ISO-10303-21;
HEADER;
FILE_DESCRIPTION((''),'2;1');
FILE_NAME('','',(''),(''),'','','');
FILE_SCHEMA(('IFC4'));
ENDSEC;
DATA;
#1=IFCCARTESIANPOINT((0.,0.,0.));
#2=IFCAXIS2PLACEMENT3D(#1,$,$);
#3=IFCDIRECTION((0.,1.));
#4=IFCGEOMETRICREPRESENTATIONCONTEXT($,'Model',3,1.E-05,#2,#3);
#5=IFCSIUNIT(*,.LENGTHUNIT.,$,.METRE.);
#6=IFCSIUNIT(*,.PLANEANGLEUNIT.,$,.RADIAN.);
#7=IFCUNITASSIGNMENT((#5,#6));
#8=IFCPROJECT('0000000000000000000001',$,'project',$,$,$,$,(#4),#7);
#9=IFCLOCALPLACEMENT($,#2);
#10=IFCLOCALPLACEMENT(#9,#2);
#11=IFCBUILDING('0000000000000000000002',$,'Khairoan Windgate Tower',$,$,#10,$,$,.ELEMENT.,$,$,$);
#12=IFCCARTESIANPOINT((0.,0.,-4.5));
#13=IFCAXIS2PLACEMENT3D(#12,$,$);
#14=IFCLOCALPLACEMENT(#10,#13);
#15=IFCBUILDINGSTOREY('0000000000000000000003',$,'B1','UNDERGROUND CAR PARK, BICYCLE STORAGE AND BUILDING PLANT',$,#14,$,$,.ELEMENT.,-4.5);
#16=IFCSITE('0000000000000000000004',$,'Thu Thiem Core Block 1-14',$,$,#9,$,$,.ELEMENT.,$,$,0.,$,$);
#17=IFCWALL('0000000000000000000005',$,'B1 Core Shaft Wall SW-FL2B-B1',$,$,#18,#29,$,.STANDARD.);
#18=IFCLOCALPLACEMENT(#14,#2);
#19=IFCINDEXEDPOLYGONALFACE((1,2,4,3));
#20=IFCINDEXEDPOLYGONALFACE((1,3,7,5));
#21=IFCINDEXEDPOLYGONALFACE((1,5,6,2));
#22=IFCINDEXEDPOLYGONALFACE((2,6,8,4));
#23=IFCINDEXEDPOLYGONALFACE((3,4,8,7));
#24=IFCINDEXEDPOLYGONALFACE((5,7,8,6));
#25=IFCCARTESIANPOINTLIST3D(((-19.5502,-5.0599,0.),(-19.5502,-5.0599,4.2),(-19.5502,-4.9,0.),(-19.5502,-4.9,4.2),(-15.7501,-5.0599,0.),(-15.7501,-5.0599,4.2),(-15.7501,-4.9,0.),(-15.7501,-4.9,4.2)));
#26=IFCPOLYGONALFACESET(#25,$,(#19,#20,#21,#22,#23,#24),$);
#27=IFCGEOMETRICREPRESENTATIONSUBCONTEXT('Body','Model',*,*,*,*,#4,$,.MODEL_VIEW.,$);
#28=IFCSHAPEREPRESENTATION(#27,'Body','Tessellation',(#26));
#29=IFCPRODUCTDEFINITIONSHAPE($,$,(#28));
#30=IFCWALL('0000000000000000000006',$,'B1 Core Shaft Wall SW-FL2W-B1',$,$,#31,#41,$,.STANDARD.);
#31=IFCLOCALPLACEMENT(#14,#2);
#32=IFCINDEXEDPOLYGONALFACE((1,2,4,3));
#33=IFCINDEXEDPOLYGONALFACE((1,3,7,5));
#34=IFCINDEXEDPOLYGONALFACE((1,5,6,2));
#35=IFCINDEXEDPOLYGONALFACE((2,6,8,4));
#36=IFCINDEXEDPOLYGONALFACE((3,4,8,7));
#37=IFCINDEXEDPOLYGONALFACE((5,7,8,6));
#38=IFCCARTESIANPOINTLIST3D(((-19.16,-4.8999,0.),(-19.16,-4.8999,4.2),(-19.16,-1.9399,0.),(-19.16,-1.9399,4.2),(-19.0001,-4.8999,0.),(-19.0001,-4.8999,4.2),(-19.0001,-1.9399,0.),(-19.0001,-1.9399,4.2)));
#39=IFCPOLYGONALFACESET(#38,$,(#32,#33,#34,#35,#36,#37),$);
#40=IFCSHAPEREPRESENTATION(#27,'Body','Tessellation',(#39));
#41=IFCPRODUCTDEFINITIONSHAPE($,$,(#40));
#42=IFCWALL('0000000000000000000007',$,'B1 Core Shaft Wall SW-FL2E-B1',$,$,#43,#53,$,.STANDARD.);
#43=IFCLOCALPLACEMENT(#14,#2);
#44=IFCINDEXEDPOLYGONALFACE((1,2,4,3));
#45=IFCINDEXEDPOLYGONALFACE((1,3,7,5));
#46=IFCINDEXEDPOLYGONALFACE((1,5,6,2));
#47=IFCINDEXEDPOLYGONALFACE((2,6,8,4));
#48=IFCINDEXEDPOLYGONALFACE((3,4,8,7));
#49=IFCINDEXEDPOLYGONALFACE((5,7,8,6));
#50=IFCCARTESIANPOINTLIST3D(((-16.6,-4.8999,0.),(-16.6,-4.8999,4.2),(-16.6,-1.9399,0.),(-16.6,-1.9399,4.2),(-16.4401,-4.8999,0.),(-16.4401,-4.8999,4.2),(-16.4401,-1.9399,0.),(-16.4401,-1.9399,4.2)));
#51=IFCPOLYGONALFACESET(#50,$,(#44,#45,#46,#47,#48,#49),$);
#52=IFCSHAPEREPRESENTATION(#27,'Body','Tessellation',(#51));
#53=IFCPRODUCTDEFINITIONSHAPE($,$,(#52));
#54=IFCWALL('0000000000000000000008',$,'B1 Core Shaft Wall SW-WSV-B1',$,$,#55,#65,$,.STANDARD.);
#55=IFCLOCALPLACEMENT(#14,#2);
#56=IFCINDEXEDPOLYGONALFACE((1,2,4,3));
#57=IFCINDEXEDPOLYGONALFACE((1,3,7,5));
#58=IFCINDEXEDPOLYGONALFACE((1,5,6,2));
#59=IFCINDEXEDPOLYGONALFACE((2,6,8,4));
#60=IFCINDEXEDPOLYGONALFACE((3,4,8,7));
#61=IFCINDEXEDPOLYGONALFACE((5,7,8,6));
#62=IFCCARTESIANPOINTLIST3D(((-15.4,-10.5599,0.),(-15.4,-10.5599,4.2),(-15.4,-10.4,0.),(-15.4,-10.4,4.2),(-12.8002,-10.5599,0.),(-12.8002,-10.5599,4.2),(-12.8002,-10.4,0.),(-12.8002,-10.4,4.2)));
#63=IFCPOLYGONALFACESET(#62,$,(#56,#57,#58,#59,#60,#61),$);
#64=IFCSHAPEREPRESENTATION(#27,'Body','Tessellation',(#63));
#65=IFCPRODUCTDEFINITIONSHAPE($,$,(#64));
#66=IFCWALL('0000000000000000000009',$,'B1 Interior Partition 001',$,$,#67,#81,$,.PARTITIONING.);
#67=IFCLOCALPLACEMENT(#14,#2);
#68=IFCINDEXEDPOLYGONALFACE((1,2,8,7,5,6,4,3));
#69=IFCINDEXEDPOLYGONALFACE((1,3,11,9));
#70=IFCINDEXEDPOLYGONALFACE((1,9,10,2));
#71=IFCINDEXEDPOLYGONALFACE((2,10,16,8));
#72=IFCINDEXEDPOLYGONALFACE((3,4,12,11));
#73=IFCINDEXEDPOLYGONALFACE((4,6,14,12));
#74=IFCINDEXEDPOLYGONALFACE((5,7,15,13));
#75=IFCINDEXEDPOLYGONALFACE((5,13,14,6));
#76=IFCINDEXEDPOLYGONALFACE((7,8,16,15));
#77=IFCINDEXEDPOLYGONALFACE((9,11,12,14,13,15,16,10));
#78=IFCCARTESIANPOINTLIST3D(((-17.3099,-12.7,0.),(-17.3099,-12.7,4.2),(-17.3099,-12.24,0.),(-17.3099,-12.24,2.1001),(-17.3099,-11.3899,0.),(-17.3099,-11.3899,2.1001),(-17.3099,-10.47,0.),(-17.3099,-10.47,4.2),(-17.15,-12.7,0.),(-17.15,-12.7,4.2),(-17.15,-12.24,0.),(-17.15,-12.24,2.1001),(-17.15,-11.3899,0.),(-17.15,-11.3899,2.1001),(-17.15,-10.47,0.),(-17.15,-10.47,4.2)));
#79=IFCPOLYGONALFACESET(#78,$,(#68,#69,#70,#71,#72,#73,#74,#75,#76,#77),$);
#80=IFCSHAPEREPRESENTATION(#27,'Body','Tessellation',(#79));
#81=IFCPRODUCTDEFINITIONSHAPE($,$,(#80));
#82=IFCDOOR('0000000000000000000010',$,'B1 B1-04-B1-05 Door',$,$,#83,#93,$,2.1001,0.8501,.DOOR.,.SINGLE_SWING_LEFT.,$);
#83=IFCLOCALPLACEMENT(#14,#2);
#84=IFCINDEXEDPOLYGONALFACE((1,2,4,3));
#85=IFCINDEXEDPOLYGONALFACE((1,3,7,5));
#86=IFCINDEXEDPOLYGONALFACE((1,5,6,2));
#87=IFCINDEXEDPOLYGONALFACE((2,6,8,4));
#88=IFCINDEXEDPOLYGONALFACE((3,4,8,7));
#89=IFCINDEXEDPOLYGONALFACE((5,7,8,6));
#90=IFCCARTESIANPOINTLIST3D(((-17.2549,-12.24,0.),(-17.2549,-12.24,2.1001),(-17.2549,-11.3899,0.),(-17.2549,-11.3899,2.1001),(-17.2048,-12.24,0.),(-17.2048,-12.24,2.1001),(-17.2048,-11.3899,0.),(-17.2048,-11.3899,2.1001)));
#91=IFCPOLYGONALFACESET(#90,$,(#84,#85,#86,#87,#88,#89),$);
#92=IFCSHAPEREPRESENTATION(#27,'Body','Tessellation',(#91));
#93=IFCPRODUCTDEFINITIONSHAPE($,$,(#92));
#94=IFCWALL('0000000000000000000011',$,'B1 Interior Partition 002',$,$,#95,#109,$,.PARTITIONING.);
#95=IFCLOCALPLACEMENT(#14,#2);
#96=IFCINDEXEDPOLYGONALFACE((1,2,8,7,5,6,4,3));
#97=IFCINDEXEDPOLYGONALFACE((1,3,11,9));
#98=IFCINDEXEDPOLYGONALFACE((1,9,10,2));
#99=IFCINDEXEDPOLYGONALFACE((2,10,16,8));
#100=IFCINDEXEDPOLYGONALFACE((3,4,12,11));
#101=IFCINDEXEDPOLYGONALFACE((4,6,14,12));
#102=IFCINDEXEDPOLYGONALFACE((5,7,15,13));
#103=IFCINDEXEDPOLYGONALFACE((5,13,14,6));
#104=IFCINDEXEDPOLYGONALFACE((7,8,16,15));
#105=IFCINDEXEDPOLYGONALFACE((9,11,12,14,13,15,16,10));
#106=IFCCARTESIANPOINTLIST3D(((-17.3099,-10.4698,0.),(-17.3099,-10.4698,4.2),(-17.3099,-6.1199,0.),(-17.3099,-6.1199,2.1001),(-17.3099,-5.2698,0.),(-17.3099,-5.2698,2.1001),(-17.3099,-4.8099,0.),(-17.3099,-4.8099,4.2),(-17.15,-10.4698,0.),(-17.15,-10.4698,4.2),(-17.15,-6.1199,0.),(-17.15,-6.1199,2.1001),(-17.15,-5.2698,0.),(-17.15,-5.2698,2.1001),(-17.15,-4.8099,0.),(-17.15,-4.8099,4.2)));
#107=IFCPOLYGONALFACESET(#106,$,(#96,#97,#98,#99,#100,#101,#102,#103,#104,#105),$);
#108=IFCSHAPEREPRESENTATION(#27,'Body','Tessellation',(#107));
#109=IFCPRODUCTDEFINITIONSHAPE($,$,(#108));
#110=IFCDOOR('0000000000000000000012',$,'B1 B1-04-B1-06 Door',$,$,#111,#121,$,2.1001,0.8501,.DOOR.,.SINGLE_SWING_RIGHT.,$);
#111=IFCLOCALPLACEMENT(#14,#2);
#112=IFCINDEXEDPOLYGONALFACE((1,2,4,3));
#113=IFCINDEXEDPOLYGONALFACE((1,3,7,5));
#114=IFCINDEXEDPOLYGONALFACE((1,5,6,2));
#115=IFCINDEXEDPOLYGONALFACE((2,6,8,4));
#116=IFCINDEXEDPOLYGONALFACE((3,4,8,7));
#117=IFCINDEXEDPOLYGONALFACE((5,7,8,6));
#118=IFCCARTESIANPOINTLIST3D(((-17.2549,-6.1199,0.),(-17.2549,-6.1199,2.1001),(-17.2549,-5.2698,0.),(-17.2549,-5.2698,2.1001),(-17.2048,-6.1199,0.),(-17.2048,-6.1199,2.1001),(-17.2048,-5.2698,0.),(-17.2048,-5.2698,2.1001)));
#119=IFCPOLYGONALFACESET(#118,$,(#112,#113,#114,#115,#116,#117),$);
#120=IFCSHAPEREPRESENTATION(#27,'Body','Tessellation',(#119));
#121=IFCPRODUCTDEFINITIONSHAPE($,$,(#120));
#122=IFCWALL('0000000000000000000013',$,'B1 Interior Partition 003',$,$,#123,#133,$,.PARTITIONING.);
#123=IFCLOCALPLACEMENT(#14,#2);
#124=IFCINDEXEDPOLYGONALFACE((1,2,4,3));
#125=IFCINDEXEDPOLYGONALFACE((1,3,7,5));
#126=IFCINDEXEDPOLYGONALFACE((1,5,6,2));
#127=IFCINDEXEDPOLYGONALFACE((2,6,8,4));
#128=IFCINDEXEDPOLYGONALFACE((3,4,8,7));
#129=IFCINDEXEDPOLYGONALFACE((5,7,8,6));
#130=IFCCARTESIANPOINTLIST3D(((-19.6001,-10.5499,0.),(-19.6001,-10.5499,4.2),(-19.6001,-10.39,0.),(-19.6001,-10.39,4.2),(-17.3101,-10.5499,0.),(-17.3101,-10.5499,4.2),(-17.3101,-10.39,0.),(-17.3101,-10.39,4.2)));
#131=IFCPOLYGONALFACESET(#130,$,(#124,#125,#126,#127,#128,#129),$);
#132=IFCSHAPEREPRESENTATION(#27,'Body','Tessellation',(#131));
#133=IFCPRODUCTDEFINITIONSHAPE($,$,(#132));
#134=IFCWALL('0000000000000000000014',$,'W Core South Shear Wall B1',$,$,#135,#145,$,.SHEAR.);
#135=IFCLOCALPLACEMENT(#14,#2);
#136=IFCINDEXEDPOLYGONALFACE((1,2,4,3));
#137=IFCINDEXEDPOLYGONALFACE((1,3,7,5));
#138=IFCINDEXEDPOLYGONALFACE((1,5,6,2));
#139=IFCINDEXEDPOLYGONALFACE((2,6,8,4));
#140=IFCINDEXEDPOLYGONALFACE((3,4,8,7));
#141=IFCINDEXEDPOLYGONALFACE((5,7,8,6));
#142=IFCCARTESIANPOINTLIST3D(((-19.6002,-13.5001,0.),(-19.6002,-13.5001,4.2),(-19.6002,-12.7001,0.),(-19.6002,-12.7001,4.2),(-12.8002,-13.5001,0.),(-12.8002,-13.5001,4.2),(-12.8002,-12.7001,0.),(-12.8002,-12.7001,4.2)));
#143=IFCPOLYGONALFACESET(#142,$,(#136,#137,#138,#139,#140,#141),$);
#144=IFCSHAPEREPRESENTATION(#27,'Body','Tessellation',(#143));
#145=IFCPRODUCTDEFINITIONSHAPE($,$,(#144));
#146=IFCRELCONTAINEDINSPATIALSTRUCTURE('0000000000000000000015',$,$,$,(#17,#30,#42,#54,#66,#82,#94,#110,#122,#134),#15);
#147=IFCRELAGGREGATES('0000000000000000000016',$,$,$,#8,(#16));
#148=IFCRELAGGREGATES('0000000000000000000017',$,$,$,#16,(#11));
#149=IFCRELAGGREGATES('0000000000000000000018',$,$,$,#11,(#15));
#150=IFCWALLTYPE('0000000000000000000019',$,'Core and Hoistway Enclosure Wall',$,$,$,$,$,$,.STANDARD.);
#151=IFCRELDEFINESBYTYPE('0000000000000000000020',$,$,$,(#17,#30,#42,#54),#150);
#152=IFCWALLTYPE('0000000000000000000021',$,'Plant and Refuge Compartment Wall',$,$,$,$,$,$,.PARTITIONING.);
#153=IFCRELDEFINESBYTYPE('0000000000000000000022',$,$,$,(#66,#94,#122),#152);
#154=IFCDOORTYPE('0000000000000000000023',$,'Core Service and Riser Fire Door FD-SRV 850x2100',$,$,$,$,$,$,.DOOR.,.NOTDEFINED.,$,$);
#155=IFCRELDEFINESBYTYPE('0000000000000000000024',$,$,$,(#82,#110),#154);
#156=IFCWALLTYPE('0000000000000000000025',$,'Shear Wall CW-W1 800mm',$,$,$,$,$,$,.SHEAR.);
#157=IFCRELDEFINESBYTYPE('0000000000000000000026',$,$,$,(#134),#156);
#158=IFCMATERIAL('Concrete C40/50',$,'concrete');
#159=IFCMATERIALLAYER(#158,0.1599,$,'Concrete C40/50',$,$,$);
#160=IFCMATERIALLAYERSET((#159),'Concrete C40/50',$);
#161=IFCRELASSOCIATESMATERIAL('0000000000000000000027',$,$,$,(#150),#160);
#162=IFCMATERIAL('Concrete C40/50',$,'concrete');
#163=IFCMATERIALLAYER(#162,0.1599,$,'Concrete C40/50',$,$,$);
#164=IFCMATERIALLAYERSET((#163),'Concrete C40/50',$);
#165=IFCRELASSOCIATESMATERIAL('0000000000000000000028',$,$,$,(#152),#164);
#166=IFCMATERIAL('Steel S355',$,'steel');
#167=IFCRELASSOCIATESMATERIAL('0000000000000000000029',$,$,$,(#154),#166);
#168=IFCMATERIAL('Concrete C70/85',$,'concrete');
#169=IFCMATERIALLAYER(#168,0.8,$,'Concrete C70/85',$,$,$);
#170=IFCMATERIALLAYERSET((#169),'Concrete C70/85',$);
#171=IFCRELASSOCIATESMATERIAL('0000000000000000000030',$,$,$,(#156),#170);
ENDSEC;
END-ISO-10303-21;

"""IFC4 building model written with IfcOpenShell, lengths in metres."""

from ifc_helpers import new_model, si_unit, direction, frame, frame_2d, origin, place, context, subcontext, project, spatial, rectangle, extrude, material, layer, layer_set, type_object, element, fill, save


model = new_model("IFC4")

# Units and contexts
model_context = context("Model", 3, precision=1e-05, world=origin(), true_north=direction((0.0, 1.0)))
body_context = subcontext(model_context, "Body", "Model", "MODEL_VIEW")
ifc_project = project(units=[si_unit("LENGTHUNIT", "METRE"), si_unit("PLANEANGLEUNIT", "RADIAN")], contexts=[model_context])

# Site, building, storey
site_placement = place(None, origin())
site = spatial("IfcSite", under=ifc_project, at=site_placement, Name="Thu Thiem Core Block 1-14", CompositionType="ELEMENT", RefElevation=0.0)
building_placement = place(site_placement, origin())
building = spatial("IfcBuilding", under=site, at=building_placement, Name="Khairoan Windgate Tower", CompositionType="ELEMENT")
storey_placement = place(building_placement, frame((0.0, 0.0, -4.5)))
storey = spatial("IfcBuildingStorey", under=building, at=storey_placement, Name="B1", Description="UNDERGROUND CAR PARK, BICYCLE STORAGE AND BUILDING PLANT", CompositionType="ELEMENT", Elevation=-4.5)

# Walls
ifc_material_1 = material(Name="Concrete C40/50", Category="concrete")
ifc_layer_1 = layer(ifc_material_1, 0.1599, Name="Concrete C40/50")
ifc_layer_set_1 = layer_set([ifc_layer_1], Name="Concrete C40/50")
wall_type_1 = type_object("IfcWallType", Name="Core and Hoistway Enclosure Wall", PredefinedType="STANDARD", material=ifc_layer_set_1)
wall_1_placement = place(storey_placement, frame((-19.55, -4.98, 0.0), z_axis=(0.0, 0.0, 1.0), x_axis=(1.0, 0.0, 0.0)))
element("IfcWall", 1, at=wall_1_placement, inside=storey, type_object=wall_type_1, Name="B1 Core Shaft Wall SW-FL2B-B1", PredefinedType="STANDARD", context=body_context, shape_type="SweptSolid", body=[
    extrude(rectangle(XDim=3.8, YDim=0.1599, at=frame_2d((1.8999, 0.0))), origin(), (0.0, 0.0, 1.0), 4.2),
])
for number, where, z_axis, x_axis, name in (
    (2, (-19.0801, -4.8999, 0.0), (0.0, 0.0, 1.0), (0.0, 1.0, 0.0), "B1 Core Shaft Wall SW-FL2W-B1"),
    (3, (-16.52, -4.8999, 0.0), (0.0, 0.0, 1.0), (0.0, 1.0, 0.0), "B1 Core Shaft Wall SW-FL2E-B1"),
):
    element("IfcWall", number, at=place(storey_placement, frame(where, z_axis=z_axis, x_axis=x_axis)), inside=storey, type_object=wall_type_1, Name=name, PredefinedType="STANDARD", context=body_context, shape_type="SweptSolid", body=[
        extrude(rectangle(XDim=2.96, YDim=0.1599, at=frame_2d((1.48, 0.0))), origin(), (0.0, 0.0, 1.0), 4.2),
    ])
wall_2_placement = place(storey_placement, frame((-15.3999, -10.48, 0.0), z_axis=(0.0, 0.0, 1.0), x_axis=(1.0, 0.0, 0.0)))
element("IfcWall", 4, at=wall_2_placement, inside=storey, type_object=wall_type_1, Name="B1 Core Shaft Wall SW-WSV-B1", PredefinedType="STANDARD", context=body_context, shape_type="SweptSolid", body=[
    extrude(rectangle(XDim=2.5999, YDim=0.1599, at=frame_2d((1.2998, 0.0))), origin(), (0.0, 0.0, 1.0), 4.2),
])

# Walls, openings, doors
ifc_material_2 = material(Name="Concrete C40/50", Category="concrete")
ifc_layer_2 = layer(ifc_material_2, 0.1599, Name="Concrete C40/50")
ifc_layer_set_2 = layer_set([ifc_layer_2], Name="Concrete C40/50")
wall_type_2 = type_object("IfcWallType", Name="Plant and Refuge Compartment Wall", PredefinedType="PARTITIONING", material=ifc_layer_set_2)
wall_3_placement = place(storey_placement, frame((-17.23, -12.7, 0.0), z_axis=(0.0, 0.0, 1.0), x_axis=(0.0, 1.0, 0.0)))
wall_3 = element("IfcWall", 5, at=wall_3_placement, inside=storey, type_object=wall_type_2, Name="B1 Interior Partition 001", PredefinedType="PARTITIONING", context=body_context, shape_type="SweptSolid", body=[
    extrude(rectangle(XDim=2.23, YDim=0.1599, at=frame_2d((1.115, 0.0))), origin(), (0.0, 0.0, 1.0), 4.2),
])
opening_1_placement = place(wall_3_placement, frame((0.46, 0.0, 0.0)))
opening_1 = element("IfcOpeningElement", 6, at=opening_1_placement, cuts=wall_3, PredefinedType="OPENING", context=body_context, shape_type="SweptSolid", body=[
    extrude(rectangle(XDim=0.8501, YDim=2.1001, at=frame_2d((0.425, 1.05))), frame((0.0, 0.0898, 0.0), z_axis=(0.0, -1.0, 0.0), x_axis=(1.0, 0.0, 0.0)), (0.0, 0.0, 1.0), 0.1799),
])
ifc_material_3 = material(Name="Steel S355", Category="steel")
door_type_1 = type_object("IfcDoorType", Name="Core Service and Riser Fire Door FD-SRV 850x2100", OperationType="NOTDEFINED", PredefinedType="DOOR", material=ifc_material_3)
door_1_placement = place(opening_1_placement, origin())
door_1 = element("IfcDoor", 7, at=door_1_placement, inside=storey, type_object=door_type_1, Name="B1 B1-04-B1-05 Door", OperationType="SINGLE_SWING_LEFT", OverallHeight=2.1001, OverallWidth=0.8501, PredefinedType="DOOR", context=body_context, shape_type="SweptSolid", body=[
    extrude(rectangle(XDim=0.8501, YDim=2.1001, at=frame_2d((0.425, 1.05))), frame((0.0, 0.0249, 0.0), z_axis=(0.0, -1.0, 0.0), x_axis=(1.0, 0.0, 0.0)), (0.0, 0.0, 1.0), 0.05),
])
fill(opening_1, door_1)
wall_4_placement = place(storey_placement, frame((-17.23, -10.47, 0.0), z_axis=(0.0, 0.0, 1.0), x_axis=(0.0, 1.0, 0.0)))
wall_4 = element("IfcWall", 8, at=wall_4_placement, inside=storey, type_object=wall_type_2, Name="B1 Interior Partition 002", PredefinedType="PARTITIONING", context=body_context, shape_type="SweptSolid", body=[
    extrude(rectangle(XDim=5.6599, YDim=0.1599, at=frame_2d((2.8301, 0.0))), origin(), (0.0, 0.0, 1.0), 4.2),
])
opening_2_placement = place(wall_4_placement, frame((4.3501, 0.0, 0.0)))
opening_2 = element("IfcOpeningElement", 9, at=opening_2_placement, cuts=wall_4, PredefinedType="OPENING", context=body_context, shape_type="SweptSolid", body=[
    extrude(rectangle(XDim=0.8501, YDim=2.1001, at=frame_2d((0.425, 1.05))), frame((0.0, 0.0898, 0.0), z_axis=(0.0, -1.0, 0.0), x_axis=(1.0, 0.0, 0.0)), (0.0, 0.0, 1.0), 0.1799),
])
door_2_placement = place(opening_2_placement, origin())
door_2 = element("IfcDoor", 10, at=door_2_placement, inside=storey, type_object=door_type_1, Name="B1 B1-04-B1-06 Door", OperationType="SINGLE_SWING_RIGHT", OverallHeight=2.1001, OverallWidth=0.8501, PredefinedType="DOOR", context=body_context, shape_type="SweptSolid", body=[
    extrude(rectangle(XDim=0.8501, YDim=2.1001, at=frame_2d((0.425, 1.05))), frame((0.0, 0.0249, 0.0), z_axis=(0.0, -1.0, 0.0), x_axis=(1.0, 0.0, 0.0)), (0.0, 0.0, 1.0), 0.05),
])
fill(opening_2, door_2)

# Walls
wall_5_placement = place(storey_placement, frame((-19.6001, -10.47, 0.0), z_axis=(0.0, 0.0, 1.0), x_axis=(1.0, 0.0, 0.0)))
element("IfcWall", 11, at=wall_5_placement, inside=storey, type_object=wall_type_2, Name="B1 Interior Partition 003", PredefinedType="PARTITIONING", context=body_context, shape_type="SweptSolid", body=[
    extrude(rectangle(XDim=2.29, YDim=0.1599, at=frame_2d((1.145, 0.0))), origin(), (0.0, 0.0, 1.0), 4.2),
])
ifc_material_4 = material(Name="Concrete C70/85", Category="concrete")
ifc_layer_3 = layer(ifc_material_4, 0.8, Name="Concrete C70/85")
ifc_layer_set_3 = layer_set([ifc_layer_3], Name="Concrete C70/85")
wall_type_3 = type_object("IfcWallType", Name="Shear Wall CW-W1 800mm", PredefinedType="SHEAR", material=ifc_layer_set_3)
wall_6_placement = place(storey_placement, frame((-19.6001, -13.1001, 0.0), z_axis=(0.0, 0.0, 1.0), x_axis=(1.0, 0.0, 0.0)))
element("IfcWall", 12, at=wall_6_placement, inside=storey, type_object=wall_type_3, Name="W Core South Shear Wall B1", PredefinedType="SHEAR", context=body_context, shape_type="SweptSolid", body=[
    extrude(rectangle(XDim=6.8, YDim=0.8, at=frame_2d((3.3999, 0.0))), origin(), (0.0, 0.0, 1.0), 4.2),
])

save(model, "model.ifc")
